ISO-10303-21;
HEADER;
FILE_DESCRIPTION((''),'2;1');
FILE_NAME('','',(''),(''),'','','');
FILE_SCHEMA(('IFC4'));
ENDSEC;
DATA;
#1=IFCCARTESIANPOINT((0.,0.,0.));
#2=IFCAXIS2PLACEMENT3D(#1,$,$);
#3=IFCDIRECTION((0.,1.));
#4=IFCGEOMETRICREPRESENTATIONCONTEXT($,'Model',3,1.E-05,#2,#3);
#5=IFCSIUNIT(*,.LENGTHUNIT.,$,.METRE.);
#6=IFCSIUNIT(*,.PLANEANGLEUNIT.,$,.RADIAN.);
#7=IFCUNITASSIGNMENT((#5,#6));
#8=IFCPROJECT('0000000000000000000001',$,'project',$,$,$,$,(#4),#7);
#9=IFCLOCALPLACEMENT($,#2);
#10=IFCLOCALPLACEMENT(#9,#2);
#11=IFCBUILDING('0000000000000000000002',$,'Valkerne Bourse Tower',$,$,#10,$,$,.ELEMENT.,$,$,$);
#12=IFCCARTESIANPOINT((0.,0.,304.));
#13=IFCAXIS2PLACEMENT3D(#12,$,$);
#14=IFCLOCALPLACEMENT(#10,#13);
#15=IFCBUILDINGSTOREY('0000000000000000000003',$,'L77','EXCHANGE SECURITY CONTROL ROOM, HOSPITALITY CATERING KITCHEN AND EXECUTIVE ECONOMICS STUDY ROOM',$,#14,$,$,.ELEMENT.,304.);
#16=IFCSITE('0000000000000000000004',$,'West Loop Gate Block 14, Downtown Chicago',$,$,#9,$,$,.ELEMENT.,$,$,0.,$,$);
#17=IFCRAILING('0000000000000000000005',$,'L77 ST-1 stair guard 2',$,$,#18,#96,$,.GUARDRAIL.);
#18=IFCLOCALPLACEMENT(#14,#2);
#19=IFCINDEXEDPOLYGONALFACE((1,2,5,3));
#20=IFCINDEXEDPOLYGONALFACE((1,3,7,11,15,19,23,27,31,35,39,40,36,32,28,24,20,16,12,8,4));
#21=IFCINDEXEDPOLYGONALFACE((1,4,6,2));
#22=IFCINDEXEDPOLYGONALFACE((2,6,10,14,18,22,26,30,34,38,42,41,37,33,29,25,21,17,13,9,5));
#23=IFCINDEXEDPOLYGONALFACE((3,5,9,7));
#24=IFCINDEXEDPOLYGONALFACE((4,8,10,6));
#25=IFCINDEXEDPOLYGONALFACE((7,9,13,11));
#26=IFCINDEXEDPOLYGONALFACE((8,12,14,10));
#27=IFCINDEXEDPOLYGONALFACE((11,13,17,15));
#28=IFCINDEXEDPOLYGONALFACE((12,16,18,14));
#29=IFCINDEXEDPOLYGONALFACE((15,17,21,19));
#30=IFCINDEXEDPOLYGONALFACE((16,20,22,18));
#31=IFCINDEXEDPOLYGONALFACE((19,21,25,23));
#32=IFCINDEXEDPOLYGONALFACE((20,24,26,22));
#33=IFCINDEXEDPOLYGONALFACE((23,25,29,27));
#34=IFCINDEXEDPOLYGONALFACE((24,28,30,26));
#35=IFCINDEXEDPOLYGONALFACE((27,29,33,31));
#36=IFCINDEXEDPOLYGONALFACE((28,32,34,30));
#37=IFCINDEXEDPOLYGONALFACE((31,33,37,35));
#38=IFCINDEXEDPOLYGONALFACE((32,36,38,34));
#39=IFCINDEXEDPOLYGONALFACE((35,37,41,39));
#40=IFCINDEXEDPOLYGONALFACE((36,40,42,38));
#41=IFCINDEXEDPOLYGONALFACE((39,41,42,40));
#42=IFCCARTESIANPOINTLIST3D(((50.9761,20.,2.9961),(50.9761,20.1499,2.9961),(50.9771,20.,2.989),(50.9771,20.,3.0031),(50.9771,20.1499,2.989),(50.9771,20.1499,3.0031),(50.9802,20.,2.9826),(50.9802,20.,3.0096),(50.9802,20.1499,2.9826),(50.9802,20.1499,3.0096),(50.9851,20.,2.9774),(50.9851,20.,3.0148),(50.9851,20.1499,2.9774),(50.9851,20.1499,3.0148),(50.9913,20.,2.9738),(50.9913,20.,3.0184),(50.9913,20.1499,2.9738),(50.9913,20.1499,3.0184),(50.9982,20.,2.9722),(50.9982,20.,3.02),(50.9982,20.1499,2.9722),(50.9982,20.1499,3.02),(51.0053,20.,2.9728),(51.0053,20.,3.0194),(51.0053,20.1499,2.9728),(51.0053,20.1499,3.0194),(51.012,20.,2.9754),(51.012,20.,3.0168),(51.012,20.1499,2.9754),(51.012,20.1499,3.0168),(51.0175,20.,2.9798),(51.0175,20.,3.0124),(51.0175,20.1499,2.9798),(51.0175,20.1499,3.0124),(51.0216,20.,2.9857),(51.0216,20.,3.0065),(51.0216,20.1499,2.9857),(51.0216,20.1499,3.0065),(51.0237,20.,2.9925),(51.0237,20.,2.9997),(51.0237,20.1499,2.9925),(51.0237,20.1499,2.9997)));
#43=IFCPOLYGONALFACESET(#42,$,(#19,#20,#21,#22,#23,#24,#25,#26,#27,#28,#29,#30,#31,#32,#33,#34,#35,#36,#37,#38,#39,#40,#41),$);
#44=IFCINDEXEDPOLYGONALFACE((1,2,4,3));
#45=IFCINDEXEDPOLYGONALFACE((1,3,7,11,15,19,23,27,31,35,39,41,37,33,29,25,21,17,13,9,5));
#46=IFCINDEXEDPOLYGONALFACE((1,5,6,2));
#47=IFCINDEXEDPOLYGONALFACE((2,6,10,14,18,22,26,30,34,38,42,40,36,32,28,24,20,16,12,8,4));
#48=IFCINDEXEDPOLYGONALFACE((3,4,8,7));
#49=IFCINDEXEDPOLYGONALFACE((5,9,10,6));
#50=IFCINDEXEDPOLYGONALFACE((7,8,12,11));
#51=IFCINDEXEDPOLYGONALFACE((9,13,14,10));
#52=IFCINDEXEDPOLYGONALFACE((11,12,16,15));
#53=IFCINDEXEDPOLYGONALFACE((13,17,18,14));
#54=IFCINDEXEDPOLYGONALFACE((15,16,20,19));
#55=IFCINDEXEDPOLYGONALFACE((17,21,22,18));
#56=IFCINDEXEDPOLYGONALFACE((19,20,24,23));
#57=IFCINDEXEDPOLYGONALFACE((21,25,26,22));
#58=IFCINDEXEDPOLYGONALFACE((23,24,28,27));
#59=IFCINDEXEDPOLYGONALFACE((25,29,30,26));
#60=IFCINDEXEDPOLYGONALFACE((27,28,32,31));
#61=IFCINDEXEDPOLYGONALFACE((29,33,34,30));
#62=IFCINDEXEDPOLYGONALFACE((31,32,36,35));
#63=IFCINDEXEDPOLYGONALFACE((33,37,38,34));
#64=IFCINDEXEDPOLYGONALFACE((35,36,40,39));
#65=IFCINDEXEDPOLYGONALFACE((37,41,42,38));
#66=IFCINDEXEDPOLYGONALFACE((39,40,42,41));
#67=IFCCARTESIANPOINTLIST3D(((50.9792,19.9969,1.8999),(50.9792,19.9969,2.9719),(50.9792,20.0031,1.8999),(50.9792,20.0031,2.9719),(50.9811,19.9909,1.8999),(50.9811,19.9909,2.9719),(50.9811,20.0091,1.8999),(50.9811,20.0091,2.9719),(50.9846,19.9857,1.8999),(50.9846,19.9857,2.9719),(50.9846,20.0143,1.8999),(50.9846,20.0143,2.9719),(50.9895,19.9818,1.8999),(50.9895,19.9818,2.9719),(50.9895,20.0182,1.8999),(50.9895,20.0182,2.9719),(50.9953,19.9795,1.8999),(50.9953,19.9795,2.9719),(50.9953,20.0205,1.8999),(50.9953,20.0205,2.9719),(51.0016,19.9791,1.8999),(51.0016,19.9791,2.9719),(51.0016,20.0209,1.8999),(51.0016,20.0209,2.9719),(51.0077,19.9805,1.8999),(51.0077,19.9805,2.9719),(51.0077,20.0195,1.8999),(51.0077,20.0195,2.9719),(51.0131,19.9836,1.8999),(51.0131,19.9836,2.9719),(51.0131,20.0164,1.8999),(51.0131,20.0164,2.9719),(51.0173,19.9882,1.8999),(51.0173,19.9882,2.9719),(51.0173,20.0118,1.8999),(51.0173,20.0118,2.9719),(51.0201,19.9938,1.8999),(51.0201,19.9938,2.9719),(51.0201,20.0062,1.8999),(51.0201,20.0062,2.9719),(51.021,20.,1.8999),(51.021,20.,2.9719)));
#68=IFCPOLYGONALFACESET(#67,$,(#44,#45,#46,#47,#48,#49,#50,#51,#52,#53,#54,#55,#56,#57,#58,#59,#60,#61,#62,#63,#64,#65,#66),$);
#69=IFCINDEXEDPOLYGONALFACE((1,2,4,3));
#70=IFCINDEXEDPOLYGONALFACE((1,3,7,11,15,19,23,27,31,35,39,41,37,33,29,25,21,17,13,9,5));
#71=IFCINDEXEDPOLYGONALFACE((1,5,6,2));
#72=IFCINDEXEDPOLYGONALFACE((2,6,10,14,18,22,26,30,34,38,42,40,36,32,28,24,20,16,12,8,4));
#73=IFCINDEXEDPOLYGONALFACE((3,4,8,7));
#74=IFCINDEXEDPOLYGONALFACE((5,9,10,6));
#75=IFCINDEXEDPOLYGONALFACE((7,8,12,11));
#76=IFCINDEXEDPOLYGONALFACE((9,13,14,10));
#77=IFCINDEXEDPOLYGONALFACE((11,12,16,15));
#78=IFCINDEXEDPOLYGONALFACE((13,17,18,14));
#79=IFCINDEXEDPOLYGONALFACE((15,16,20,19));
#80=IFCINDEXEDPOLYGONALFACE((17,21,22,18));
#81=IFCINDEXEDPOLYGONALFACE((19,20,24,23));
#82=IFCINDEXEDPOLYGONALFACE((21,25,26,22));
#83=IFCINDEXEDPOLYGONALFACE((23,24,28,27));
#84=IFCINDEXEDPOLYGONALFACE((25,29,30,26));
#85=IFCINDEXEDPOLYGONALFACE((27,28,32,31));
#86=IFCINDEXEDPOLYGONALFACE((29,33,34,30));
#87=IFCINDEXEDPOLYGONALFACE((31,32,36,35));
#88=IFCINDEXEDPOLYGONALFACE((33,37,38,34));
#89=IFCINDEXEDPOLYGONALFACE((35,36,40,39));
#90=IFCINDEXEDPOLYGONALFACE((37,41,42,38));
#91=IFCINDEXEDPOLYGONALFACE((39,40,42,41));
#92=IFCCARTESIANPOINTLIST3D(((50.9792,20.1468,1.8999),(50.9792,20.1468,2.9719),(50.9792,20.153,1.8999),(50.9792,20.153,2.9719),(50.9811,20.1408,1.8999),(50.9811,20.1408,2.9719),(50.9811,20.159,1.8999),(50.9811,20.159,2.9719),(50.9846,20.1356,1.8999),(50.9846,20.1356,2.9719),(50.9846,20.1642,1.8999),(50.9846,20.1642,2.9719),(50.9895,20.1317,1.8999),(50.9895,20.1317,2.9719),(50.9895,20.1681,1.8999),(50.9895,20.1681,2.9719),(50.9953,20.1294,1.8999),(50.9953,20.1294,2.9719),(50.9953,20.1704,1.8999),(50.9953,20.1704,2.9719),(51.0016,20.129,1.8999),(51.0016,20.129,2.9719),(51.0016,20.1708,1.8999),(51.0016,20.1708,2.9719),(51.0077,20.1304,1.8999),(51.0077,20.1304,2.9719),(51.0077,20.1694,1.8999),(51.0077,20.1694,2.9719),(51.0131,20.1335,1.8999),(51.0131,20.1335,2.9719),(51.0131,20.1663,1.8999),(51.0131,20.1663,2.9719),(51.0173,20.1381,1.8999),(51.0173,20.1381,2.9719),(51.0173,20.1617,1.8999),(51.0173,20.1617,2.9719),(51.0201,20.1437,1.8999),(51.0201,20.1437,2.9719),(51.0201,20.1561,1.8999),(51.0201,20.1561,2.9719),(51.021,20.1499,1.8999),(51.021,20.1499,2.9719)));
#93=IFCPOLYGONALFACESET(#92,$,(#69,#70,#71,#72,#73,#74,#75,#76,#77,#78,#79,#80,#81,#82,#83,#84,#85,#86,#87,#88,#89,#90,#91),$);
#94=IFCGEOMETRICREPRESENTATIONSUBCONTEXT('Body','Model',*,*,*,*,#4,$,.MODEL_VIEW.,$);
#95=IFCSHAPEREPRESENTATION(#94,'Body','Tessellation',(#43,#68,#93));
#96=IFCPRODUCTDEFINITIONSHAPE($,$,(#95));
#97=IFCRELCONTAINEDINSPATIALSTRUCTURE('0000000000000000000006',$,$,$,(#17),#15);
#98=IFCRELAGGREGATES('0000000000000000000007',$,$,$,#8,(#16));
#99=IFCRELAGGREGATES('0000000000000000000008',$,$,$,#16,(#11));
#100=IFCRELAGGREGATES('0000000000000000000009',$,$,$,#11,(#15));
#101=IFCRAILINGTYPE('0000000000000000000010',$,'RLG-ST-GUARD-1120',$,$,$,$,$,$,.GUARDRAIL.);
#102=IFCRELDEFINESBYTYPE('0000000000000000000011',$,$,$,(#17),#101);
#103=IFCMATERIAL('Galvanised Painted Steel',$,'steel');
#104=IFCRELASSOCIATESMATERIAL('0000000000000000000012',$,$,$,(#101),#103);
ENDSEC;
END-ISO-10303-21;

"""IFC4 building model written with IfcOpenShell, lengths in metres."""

from ifc_helpers import new_model, si_unit, direction, frame, origin, origin_2d, place, context, subcontext, project, spatial, circle, extrude, material, type_object, element, save


model = new_model("IFC4")

# Units and contexts
model_context = context("Model", 3, precision=1e-05, world=origin(), true_north=direction((0.0, 1.0)))
body_context = subcontext(model_context, "Body", "Model", "MODEL_VIEW")
ifc_project = project(units=[si_unit("LENGTHUNIT", "METRE"), si_unit("PLANEANGLEUNIT", "RADIAN")], contexts=[model_context])

# Site, building, storey
site_placement = place(None, origin())
site = spatial("IfcSite", under=ifc_project, at=site_placement, Name="West Loop Gate Block 14, Downtown Chicago", CompositionType="ELEMENT", RefElevation=0.0)
building_placement = place(site_placement, origin())
building = spatial("IfcBuilding", under=site, at=building_placement, Name="Valkerne Bourse Tower", CompositionType="ELEMENT")
storey_placement = place(building_placement, frame((0.0, 0.0, 304.0)))
storey = spatial("IfcBuildingStorey", under=building, at=storey_placement, Name="L77", Description="EXCHANGE SECURITY CONTROL ROOM, HOSPITALITY CATERING KITCHEN AND EXECUTIVE ECONOMICS STUDY ROOM", CompositionType="ELEMENT", Elevation=304.0)

# Railing
ifc_material_1 = material(Name="Galvanised Painted Steel", Category="steel")
railing_type_1 = type_object("IfcRailingType", Name="RLG-ST-GUARD-1120", PredefinedType="GUARDRAIL", material=ifc_material_1)
railing_1_placement = place(storey_placement, frame((51.0, 20.0, 1.8999)))
element("IfcRailing", 1, at=railing_1_placement, inside=storey, type_object=railing_type_1, Name="L77 ST-1 stair guard 2", PredefinedType="GUARDRAIL", context=body_context, shape_type="SweptSolid", body=[
    extrude(circle(Radius=0.0239, at=origin_2d()), frame((0.0, 0.0, 1.0962), z_axis=(0.0, 1.0, 0.0), x_axis=(-1.0, 0.0, 0.0)), (0.0, 0.0, 1.0), 0.1499),
    extrude(circle(Radius=0.021, at=origin_2d()), origin(), (0.0, 0.0, 1.0), 1.072),
    extrude(circle(Radius=0.021, at=origin_2d()), frame((0.0, 0.1499, 0.0)), (0.0, 0.0, 1.0), 1.072),
])

save(model, "model.ifc")
